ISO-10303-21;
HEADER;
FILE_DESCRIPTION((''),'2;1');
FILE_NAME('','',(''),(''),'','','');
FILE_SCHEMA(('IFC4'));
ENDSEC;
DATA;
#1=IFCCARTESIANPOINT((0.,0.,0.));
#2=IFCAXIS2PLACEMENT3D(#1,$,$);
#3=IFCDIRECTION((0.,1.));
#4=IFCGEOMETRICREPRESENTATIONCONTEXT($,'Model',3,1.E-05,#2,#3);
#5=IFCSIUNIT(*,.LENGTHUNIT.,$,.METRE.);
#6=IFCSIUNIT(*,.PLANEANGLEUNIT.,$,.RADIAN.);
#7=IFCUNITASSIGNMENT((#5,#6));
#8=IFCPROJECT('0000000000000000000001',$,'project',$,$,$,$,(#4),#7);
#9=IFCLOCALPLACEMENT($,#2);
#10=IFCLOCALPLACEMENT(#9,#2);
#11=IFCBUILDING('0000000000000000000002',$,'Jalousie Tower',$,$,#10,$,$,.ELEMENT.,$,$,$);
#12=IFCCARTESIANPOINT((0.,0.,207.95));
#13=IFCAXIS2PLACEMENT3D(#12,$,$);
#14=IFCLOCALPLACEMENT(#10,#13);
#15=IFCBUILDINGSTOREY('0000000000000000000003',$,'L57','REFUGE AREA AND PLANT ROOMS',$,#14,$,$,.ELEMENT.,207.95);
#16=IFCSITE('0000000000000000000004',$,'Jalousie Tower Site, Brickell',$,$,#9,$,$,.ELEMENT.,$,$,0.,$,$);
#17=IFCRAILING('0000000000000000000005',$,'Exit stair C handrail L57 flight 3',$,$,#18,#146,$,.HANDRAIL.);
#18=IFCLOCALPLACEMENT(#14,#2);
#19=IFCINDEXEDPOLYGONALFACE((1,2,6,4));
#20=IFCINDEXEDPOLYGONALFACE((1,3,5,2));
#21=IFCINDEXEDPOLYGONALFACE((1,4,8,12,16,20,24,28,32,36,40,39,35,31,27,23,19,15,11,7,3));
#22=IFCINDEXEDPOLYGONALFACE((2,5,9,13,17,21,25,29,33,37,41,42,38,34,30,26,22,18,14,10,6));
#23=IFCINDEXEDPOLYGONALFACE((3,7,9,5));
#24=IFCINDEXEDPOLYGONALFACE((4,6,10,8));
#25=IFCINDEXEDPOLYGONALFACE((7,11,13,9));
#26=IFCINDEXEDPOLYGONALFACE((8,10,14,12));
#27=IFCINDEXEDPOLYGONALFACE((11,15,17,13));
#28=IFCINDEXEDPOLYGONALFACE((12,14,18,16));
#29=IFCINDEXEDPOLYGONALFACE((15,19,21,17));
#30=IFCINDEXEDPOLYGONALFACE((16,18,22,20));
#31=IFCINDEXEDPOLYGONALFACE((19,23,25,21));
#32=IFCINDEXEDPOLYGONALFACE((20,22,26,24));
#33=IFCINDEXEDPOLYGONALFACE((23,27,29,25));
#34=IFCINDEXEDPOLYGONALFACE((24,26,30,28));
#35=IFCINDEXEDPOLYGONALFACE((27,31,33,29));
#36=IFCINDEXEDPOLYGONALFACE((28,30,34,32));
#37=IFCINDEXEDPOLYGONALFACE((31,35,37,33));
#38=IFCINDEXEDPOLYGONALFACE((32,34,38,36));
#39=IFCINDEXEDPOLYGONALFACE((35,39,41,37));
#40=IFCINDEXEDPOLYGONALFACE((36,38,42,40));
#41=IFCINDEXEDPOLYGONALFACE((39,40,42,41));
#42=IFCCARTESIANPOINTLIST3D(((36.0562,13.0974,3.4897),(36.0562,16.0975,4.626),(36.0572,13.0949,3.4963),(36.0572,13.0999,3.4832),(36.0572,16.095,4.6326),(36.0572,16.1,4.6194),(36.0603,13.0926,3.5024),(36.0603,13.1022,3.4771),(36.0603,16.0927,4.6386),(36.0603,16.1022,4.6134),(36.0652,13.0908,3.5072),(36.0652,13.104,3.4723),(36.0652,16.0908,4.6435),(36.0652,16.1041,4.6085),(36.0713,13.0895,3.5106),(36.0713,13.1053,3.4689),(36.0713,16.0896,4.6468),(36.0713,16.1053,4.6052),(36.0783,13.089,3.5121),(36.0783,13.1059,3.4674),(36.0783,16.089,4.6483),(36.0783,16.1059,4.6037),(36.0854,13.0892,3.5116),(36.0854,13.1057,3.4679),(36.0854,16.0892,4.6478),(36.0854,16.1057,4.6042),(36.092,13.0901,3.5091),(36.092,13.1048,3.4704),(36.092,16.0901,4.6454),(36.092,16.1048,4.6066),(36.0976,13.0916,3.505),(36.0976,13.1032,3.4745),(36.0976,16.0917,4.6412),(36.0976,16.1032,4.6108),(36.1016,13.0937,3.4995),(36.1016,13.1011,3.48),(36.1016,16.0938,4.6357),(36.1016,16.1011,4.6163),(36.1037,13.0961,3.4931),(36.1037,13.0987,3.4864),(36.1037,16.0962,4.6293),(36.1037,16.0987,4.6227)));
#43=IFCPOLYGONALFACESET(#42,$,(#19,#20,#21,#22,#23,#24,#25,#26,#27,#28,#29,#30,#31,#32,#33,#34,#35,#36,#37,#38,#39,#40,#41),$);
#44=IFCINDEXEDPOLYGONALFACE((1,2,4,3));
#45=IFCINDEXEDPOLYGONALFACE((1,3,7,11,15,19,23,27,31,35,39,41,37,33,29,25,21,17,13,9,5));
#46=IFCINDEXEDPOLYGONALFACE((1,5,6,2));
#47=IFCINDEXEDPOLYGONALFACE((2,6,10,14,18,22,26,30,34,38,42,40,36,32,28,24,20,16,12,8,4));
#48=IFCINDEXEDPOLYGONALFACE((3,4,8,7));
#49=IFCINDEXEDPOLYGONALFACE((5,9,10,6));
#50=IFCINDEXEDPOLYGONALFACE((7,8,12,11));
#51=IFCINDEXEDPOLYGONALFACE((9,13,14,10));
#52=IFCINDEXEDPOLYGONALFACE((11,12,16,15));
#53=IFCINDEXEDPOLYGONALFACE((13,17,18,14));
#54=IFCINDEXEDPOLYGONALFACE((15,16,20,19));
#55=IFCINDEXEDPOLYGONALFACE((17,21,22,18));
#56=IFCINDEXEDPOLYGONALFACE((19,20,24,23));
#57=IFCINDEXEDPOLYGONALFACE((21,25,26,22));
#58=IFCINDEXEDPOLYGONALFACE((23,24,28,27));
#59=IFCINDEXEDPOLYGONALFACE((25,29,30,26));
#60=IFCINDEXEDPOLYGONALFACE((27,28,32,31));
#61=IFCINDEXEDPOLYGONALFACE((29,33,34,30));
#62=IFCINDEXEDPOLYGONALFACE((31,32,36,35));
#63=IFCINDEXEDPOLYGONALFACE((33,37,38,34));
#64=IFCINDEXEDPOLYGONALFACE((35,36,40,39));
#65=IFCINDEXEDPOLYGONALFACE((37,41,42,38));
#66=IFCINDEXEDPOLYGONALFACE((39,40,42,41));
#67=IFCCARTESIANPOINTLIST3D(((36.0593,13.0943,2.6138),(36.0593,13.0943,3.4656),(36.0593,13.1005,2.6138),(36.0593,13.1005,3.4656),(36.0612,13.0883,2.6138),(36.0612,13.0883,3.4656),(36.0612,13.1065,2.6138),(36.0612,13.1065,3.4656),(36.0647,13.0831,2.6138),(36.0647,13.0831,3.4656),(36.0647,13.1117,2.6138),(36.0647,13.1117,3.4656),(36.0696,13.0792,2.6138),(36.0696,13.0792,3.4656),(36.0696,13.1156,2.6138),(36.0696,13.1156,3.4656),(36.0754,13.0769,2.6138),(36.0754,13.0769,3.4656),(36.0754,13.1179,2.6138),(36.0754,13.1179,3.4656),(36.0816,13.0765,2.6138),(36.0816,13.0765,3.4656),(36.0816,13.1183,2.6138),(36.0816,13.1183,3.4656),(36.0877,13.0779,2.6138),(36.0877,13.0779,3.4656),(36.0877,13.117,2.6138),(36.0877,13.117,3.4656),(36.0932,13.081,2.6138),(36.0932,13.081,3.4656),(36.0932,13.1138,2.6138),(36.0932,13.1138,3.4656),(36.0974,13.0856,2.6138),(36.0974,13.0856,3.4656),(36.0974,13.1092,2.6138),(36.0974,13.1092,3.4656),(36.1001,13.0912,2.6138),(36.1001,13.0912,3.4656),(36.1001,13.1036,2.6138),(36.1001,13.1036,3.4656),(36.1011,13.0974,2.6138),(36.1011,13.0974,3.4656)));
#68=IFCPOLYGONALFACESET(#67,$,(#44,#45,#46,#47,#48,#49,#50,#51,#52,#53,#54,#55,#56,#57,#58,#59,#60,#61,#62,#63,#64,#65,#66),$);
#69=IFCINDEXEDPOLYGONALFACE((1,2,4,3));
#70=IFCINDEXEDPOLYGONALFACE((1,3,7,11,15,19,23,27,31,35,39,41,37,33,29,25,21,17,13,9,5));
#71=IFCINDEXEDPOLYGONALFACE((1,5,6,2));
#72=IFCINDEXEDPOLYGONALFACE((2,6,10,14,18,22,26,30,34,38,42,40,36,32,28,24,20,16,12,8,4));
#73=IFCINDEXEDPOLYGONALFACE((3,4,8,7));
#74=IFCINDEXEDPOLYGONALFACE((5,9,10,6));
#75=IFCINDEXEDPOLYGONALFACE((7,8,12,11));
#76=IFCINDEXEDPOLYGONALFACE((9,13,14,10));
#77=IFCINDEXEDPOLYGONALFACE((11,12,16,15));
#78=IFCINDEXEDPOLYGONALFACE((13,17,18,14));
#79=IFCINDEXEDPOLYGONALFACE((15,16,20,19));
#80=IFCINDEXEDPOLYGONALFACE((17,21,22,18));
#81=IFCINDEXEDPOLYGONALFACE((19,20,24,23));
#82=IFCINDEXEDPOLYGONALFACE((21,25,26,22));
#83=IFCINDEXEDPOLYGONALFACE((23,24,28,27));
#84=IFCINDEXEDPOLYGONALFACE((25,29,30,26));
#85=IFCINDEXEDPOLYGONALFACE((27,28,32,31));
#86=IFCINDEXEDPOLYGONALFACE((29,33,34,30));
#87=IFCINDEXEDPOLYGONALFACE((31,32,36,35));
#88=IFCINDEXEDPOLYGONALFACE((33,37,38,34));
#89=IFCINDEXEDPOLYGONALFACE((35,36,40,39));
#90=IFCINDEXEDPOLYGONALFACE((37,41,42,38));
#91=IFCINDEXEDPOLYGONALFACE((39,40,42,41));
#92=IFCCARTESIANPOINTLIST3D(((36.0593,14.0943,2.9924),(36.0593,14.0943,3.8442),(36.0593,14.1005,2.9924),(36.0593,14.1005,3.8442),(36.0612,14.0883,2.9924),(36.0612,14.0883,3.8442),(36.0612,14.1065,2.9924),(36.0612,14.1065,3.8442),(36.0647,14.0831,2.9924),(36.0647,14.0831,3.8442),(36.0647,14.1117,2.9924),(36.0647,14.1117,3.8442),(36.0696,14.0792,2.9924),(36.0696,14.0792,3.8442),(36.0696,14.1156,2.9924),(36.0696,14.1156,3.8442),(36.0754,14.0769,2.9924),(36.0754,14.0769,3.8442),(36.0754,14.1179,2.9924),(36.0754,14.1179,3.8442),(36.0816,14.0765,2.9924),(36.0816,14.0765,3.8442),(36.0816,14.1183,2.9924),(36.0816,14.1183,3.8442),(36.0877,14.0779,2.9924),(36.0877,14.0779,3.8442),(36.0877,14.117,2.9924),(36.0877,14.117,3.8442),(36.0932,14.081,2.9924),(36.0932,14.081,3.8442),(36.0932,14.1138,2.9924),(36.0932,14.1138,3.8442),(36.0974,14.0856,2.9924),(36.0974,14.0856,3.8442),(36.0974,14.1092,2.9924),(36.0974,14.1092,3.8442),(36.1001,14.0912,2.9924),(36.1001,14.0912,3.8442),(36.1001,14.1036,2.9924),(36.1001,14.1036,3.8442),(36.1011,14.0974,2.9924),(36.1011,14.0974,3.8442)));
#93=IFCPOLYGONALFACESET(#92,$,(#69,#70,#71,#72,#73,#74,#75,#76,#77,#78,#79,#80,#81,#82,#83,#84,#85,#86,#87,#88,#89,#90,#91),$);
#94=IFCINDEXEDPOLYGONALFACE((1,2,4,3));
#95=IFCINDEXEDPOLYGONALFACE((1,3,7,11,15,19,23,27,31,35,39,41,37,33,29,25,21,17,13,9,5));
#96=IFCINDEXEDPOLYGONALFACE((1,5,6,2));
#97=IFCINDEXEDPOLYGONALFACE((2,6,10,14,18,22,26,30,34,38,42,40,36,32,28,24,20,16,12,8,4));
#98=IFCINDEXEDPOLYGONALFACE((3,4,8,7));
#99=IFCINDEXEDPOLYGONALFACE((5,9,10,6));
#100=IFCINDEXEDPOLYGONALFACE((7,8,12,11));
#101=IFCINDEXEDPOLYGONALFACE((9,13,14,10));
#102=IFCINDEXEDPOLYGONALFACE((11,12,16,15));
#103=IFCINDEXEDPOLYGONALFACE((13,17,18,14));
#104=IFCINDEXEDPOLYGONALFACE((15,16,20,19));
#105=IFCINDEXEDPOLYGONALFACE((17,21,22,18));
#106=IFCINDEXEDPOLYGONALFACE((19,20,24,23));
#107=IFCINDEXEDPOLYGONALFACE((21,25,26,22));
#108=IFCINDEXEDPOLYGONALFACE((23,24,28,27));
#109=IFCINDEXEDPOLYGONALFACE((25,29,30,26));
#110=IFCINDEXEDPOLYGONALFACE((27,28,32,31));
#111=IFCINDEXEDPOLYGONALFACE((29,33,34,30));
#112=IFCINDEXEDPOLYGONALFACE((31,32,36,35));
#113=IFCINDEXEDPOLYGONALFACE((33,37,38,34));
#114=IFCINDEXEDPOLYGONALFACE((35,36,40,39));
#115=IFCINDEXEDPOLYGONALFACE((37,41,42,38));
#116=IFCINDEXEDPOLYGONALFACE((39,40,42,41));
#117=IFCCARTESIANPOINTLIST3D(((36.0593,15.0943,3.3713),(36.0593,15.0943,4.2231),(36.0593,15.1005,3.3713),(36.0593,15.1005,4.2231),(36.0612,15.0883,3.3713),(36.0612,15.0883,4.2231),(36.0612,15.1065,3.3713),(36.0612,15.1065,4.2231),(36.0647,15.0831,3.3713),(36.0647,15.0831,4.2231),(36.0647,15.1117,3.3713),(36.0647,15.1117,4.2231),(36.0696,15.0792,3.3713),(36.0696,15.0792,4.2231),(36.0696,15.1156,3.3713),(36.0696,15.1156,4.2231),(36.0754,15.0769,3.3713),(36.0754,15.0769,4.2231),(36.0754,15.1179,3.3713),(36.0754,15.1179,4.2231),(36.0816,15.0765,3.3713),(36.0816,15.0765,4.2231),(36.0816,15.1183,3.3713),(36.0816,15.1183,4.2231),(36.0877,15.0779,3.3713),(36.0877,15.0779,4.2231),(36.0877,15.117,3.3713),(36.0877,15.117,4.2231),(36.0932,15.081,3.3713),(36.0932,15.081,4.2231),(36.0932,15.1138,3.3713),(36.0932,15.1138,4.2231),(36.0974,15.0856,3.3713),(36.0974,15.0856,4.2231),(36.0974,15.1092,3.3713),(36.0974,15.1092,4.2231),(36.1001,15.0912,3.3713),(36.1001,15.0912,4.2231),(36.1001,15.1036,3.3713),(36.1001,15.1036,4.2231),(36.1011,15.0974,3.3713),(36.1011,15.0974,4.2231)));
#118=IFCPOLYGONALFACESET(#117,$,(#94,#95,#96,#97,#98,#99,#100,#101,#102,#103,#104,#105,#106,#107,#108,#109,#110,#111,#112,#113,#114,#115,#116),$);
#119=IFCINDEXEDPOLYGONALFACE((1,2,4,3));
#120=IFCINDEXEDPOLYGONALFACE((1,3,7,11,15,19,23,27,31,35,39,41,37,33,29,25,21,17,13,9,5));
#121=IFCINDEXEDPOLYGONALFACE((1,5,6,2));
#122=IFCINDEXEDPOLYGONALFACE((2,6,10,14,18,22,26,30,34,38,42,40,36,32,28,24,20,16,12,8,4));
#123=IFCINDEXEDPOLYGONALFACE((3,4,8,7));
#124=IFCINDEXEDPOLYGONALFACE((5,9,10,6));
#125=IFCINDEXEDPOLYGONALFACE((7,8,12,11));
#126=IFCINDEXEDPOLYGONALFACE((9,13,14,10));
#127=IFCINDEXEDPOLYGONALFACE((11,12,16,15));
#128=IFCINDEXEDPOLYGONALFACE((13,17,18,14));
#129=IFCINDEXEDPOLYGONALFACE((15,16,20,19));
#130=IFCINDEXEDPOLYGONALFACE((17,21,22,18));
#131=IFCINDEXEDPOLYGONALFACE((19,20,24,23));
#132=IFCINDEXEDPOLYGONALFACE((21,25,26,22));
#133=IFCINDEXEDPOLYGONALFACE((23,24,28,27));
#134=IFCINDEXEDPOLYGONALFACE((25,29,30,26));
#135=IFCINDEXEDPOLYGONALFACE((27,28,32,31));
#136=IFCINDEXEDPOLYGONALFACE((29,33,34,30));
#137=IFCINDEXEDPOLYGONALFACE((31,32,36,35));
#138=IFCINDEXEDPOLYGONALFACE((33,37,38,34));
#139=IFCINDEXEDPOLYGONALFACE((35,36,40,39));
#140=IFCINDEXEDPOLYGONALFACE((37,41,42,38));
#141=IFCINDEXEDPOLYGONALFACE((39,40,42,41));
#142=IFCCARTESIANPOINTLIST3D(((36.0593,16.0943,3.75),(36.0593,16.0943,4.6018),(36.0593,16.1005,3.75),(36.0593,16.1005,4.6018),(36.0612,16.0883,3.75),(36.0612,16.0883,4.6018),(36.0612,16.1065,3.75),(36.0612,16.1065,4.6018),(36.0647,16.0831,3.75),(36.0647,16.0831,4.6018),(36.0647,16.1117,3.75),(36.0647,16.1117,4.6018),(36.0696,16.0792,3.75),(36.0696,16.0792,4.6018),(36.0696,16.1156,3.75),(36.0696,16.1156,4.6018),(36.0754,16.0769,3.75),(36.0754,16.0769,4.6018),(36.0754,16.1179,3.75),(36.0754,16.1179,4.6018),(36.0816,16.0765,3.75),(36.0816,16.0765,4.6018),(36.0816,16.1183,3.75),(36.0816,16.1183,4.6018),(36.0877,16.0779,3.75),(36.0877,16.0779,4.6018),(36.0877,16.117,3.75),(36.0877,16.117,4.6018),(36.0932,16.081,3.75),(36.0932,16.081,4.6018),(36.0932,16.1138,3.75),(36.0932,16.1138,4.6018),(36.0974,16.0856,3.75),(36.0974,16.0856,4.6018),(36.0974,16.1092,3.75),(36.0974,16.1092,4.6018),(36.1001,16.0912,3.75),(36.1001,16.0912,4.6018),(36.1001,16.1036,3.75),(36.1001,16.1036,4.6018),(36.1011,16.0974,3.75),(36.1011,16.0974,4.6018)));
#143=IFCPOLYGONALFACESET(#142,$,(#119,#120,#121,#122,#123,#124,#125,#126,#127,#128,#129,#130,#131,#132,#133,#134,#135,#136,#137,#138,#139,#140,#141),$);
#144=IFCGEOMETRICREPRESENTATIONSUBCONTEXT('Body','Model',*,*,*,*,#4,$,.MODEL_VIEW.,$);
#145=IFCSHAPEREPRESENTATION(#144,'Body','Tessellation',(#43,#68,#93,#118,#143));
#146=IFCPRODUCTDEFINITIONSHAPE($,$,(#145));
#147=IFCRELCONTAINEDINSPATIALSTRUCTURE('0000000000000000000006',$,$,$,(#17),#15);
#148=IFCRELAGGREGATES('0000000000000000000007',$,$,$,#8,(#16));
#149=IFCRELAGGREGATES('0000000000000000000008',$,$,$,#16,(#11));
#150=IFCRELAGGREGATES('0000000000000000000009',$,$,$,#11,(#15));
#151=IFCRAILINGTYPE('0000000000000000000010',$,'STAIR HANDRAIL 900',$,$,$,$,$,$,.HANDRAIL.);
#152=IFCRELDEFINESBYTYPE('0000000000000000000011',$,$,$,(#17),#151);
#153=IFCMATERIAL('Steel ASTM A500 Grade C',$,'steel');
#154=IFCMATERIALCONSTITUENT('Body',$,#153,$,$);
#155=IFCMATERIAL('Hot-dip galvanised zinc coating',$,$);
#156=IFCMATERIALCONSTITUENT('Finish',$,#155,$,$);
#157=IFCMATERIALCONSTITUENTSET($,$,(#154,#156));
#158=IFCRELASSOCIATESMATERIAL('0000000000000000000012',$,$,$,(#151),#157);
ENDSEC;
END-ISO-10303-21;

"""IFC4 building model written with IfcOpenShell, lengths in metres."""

from ifc_helpers import new_model, si_unit, direction, frame, origin, origin_2d, place, context, subcontext, project, spatial, circle, extrude, material, constituent, constituent_set, type_object, element, save


model = new_model("IFC4")

# Units and contexts
model_context = context("Model", 3, precision=1e-05, world=origin(), true_north=direction((0.0, 1.0)))
body_context = subcontext(model_context, "Body", "Model", "MODEL_VIEW")
ifc_project = project(units=[si_unit("LENGTHUNIT", "METRE"), si_unit("PLANEANGLEUNIT", "RADIAN")], contexts=[model_context])

# Site, building, storey
site_placement = place(None, origin())
site = spatial("IfcSite", under=ifc_project, at=site_placement, Name="Jalousie Tower Site, Brickell", CompositionType="ELEMENT", RefElevation=0.0)
building_placement = place(site_placement, origin())
building = spatial("IfcBuilding", under=site, at=building_placement, Name="Jalousie Tower", CompositionType="ELEMENT")
storey_placement = place(building_placement, frame((0.0, 0.0, 207.95)))
storey = spatial("IfcBuildingStorey", under=building, at=storey_placement, Name="L57", Description="REFUGE AREA AND PLANT ROOMS", CompositionType="ELEMENT", Elevation=207.95)

# Railing
ifc_material_1 = material(Name="Steel ASTM A500 Grade C", Category="steel")
ifc_constituent_1 = constituent(ifc_material_1, Name="Body")
ifc_material_2 = material(Name="Hot-dip galvanised zinc coating")
ifc_constituent_2 = constituent(ifc_material_2, Name="Finish")
ifc_constituent_set_1 = constituent_set(constituents=[ifc_constituent_1, ifc_constituent_2])
railing_type_1 = type_object("IfcRailingType", Name="STAIR HANDRAIL 900", PredefinedType="HANDRAIL", material=ifc_constituent_set_1)
railing_1_placement = place(storey_placement, frame((36.0801, 13.0974, 2.6138)))
element("IfcRailing", 1, at=railing_1_placement, inside=storey, type_object=railing_type_1, Name="Exit stair C handrail L57 flight 3", PredefinedType="HANDRAIL", context=body_context, shape_type="SweptSolid", body=[
    extrude(circle(Radius=0.0239, at=origin_2d()), frame((0.0, 0.0, 0.876), z_axis=(0.0, 0.935173, 0.354191), x_axis=(-1.0, 0.0, 0.0)), (0.0, 0.0, 1.0), 3.208),
    extrude(circle(Radius=0.021, at=origin_2d()), origin(), (0.0, 0.0, 1.0), 0.8518),
    extrude(circle(Radius=0.021, at=origin_2d()), frame((0.0, 1.0, 0.3787)), (0.0, 0.0, 1.0), 0.8518),
    extrude(circle(Radius=0.021, at=origin_2d()), frame((0.0, 2.0, 0.7576)), (0.0, 0.0, 1.0), 0.8518),
    extrude(circle(Radius=0.021, at=origin_2d()), frame((0.0, 3.0, 1.1362)), (0.0, 0.0, 1.0), 0.8518),
])

save(model, "model.ifc")
